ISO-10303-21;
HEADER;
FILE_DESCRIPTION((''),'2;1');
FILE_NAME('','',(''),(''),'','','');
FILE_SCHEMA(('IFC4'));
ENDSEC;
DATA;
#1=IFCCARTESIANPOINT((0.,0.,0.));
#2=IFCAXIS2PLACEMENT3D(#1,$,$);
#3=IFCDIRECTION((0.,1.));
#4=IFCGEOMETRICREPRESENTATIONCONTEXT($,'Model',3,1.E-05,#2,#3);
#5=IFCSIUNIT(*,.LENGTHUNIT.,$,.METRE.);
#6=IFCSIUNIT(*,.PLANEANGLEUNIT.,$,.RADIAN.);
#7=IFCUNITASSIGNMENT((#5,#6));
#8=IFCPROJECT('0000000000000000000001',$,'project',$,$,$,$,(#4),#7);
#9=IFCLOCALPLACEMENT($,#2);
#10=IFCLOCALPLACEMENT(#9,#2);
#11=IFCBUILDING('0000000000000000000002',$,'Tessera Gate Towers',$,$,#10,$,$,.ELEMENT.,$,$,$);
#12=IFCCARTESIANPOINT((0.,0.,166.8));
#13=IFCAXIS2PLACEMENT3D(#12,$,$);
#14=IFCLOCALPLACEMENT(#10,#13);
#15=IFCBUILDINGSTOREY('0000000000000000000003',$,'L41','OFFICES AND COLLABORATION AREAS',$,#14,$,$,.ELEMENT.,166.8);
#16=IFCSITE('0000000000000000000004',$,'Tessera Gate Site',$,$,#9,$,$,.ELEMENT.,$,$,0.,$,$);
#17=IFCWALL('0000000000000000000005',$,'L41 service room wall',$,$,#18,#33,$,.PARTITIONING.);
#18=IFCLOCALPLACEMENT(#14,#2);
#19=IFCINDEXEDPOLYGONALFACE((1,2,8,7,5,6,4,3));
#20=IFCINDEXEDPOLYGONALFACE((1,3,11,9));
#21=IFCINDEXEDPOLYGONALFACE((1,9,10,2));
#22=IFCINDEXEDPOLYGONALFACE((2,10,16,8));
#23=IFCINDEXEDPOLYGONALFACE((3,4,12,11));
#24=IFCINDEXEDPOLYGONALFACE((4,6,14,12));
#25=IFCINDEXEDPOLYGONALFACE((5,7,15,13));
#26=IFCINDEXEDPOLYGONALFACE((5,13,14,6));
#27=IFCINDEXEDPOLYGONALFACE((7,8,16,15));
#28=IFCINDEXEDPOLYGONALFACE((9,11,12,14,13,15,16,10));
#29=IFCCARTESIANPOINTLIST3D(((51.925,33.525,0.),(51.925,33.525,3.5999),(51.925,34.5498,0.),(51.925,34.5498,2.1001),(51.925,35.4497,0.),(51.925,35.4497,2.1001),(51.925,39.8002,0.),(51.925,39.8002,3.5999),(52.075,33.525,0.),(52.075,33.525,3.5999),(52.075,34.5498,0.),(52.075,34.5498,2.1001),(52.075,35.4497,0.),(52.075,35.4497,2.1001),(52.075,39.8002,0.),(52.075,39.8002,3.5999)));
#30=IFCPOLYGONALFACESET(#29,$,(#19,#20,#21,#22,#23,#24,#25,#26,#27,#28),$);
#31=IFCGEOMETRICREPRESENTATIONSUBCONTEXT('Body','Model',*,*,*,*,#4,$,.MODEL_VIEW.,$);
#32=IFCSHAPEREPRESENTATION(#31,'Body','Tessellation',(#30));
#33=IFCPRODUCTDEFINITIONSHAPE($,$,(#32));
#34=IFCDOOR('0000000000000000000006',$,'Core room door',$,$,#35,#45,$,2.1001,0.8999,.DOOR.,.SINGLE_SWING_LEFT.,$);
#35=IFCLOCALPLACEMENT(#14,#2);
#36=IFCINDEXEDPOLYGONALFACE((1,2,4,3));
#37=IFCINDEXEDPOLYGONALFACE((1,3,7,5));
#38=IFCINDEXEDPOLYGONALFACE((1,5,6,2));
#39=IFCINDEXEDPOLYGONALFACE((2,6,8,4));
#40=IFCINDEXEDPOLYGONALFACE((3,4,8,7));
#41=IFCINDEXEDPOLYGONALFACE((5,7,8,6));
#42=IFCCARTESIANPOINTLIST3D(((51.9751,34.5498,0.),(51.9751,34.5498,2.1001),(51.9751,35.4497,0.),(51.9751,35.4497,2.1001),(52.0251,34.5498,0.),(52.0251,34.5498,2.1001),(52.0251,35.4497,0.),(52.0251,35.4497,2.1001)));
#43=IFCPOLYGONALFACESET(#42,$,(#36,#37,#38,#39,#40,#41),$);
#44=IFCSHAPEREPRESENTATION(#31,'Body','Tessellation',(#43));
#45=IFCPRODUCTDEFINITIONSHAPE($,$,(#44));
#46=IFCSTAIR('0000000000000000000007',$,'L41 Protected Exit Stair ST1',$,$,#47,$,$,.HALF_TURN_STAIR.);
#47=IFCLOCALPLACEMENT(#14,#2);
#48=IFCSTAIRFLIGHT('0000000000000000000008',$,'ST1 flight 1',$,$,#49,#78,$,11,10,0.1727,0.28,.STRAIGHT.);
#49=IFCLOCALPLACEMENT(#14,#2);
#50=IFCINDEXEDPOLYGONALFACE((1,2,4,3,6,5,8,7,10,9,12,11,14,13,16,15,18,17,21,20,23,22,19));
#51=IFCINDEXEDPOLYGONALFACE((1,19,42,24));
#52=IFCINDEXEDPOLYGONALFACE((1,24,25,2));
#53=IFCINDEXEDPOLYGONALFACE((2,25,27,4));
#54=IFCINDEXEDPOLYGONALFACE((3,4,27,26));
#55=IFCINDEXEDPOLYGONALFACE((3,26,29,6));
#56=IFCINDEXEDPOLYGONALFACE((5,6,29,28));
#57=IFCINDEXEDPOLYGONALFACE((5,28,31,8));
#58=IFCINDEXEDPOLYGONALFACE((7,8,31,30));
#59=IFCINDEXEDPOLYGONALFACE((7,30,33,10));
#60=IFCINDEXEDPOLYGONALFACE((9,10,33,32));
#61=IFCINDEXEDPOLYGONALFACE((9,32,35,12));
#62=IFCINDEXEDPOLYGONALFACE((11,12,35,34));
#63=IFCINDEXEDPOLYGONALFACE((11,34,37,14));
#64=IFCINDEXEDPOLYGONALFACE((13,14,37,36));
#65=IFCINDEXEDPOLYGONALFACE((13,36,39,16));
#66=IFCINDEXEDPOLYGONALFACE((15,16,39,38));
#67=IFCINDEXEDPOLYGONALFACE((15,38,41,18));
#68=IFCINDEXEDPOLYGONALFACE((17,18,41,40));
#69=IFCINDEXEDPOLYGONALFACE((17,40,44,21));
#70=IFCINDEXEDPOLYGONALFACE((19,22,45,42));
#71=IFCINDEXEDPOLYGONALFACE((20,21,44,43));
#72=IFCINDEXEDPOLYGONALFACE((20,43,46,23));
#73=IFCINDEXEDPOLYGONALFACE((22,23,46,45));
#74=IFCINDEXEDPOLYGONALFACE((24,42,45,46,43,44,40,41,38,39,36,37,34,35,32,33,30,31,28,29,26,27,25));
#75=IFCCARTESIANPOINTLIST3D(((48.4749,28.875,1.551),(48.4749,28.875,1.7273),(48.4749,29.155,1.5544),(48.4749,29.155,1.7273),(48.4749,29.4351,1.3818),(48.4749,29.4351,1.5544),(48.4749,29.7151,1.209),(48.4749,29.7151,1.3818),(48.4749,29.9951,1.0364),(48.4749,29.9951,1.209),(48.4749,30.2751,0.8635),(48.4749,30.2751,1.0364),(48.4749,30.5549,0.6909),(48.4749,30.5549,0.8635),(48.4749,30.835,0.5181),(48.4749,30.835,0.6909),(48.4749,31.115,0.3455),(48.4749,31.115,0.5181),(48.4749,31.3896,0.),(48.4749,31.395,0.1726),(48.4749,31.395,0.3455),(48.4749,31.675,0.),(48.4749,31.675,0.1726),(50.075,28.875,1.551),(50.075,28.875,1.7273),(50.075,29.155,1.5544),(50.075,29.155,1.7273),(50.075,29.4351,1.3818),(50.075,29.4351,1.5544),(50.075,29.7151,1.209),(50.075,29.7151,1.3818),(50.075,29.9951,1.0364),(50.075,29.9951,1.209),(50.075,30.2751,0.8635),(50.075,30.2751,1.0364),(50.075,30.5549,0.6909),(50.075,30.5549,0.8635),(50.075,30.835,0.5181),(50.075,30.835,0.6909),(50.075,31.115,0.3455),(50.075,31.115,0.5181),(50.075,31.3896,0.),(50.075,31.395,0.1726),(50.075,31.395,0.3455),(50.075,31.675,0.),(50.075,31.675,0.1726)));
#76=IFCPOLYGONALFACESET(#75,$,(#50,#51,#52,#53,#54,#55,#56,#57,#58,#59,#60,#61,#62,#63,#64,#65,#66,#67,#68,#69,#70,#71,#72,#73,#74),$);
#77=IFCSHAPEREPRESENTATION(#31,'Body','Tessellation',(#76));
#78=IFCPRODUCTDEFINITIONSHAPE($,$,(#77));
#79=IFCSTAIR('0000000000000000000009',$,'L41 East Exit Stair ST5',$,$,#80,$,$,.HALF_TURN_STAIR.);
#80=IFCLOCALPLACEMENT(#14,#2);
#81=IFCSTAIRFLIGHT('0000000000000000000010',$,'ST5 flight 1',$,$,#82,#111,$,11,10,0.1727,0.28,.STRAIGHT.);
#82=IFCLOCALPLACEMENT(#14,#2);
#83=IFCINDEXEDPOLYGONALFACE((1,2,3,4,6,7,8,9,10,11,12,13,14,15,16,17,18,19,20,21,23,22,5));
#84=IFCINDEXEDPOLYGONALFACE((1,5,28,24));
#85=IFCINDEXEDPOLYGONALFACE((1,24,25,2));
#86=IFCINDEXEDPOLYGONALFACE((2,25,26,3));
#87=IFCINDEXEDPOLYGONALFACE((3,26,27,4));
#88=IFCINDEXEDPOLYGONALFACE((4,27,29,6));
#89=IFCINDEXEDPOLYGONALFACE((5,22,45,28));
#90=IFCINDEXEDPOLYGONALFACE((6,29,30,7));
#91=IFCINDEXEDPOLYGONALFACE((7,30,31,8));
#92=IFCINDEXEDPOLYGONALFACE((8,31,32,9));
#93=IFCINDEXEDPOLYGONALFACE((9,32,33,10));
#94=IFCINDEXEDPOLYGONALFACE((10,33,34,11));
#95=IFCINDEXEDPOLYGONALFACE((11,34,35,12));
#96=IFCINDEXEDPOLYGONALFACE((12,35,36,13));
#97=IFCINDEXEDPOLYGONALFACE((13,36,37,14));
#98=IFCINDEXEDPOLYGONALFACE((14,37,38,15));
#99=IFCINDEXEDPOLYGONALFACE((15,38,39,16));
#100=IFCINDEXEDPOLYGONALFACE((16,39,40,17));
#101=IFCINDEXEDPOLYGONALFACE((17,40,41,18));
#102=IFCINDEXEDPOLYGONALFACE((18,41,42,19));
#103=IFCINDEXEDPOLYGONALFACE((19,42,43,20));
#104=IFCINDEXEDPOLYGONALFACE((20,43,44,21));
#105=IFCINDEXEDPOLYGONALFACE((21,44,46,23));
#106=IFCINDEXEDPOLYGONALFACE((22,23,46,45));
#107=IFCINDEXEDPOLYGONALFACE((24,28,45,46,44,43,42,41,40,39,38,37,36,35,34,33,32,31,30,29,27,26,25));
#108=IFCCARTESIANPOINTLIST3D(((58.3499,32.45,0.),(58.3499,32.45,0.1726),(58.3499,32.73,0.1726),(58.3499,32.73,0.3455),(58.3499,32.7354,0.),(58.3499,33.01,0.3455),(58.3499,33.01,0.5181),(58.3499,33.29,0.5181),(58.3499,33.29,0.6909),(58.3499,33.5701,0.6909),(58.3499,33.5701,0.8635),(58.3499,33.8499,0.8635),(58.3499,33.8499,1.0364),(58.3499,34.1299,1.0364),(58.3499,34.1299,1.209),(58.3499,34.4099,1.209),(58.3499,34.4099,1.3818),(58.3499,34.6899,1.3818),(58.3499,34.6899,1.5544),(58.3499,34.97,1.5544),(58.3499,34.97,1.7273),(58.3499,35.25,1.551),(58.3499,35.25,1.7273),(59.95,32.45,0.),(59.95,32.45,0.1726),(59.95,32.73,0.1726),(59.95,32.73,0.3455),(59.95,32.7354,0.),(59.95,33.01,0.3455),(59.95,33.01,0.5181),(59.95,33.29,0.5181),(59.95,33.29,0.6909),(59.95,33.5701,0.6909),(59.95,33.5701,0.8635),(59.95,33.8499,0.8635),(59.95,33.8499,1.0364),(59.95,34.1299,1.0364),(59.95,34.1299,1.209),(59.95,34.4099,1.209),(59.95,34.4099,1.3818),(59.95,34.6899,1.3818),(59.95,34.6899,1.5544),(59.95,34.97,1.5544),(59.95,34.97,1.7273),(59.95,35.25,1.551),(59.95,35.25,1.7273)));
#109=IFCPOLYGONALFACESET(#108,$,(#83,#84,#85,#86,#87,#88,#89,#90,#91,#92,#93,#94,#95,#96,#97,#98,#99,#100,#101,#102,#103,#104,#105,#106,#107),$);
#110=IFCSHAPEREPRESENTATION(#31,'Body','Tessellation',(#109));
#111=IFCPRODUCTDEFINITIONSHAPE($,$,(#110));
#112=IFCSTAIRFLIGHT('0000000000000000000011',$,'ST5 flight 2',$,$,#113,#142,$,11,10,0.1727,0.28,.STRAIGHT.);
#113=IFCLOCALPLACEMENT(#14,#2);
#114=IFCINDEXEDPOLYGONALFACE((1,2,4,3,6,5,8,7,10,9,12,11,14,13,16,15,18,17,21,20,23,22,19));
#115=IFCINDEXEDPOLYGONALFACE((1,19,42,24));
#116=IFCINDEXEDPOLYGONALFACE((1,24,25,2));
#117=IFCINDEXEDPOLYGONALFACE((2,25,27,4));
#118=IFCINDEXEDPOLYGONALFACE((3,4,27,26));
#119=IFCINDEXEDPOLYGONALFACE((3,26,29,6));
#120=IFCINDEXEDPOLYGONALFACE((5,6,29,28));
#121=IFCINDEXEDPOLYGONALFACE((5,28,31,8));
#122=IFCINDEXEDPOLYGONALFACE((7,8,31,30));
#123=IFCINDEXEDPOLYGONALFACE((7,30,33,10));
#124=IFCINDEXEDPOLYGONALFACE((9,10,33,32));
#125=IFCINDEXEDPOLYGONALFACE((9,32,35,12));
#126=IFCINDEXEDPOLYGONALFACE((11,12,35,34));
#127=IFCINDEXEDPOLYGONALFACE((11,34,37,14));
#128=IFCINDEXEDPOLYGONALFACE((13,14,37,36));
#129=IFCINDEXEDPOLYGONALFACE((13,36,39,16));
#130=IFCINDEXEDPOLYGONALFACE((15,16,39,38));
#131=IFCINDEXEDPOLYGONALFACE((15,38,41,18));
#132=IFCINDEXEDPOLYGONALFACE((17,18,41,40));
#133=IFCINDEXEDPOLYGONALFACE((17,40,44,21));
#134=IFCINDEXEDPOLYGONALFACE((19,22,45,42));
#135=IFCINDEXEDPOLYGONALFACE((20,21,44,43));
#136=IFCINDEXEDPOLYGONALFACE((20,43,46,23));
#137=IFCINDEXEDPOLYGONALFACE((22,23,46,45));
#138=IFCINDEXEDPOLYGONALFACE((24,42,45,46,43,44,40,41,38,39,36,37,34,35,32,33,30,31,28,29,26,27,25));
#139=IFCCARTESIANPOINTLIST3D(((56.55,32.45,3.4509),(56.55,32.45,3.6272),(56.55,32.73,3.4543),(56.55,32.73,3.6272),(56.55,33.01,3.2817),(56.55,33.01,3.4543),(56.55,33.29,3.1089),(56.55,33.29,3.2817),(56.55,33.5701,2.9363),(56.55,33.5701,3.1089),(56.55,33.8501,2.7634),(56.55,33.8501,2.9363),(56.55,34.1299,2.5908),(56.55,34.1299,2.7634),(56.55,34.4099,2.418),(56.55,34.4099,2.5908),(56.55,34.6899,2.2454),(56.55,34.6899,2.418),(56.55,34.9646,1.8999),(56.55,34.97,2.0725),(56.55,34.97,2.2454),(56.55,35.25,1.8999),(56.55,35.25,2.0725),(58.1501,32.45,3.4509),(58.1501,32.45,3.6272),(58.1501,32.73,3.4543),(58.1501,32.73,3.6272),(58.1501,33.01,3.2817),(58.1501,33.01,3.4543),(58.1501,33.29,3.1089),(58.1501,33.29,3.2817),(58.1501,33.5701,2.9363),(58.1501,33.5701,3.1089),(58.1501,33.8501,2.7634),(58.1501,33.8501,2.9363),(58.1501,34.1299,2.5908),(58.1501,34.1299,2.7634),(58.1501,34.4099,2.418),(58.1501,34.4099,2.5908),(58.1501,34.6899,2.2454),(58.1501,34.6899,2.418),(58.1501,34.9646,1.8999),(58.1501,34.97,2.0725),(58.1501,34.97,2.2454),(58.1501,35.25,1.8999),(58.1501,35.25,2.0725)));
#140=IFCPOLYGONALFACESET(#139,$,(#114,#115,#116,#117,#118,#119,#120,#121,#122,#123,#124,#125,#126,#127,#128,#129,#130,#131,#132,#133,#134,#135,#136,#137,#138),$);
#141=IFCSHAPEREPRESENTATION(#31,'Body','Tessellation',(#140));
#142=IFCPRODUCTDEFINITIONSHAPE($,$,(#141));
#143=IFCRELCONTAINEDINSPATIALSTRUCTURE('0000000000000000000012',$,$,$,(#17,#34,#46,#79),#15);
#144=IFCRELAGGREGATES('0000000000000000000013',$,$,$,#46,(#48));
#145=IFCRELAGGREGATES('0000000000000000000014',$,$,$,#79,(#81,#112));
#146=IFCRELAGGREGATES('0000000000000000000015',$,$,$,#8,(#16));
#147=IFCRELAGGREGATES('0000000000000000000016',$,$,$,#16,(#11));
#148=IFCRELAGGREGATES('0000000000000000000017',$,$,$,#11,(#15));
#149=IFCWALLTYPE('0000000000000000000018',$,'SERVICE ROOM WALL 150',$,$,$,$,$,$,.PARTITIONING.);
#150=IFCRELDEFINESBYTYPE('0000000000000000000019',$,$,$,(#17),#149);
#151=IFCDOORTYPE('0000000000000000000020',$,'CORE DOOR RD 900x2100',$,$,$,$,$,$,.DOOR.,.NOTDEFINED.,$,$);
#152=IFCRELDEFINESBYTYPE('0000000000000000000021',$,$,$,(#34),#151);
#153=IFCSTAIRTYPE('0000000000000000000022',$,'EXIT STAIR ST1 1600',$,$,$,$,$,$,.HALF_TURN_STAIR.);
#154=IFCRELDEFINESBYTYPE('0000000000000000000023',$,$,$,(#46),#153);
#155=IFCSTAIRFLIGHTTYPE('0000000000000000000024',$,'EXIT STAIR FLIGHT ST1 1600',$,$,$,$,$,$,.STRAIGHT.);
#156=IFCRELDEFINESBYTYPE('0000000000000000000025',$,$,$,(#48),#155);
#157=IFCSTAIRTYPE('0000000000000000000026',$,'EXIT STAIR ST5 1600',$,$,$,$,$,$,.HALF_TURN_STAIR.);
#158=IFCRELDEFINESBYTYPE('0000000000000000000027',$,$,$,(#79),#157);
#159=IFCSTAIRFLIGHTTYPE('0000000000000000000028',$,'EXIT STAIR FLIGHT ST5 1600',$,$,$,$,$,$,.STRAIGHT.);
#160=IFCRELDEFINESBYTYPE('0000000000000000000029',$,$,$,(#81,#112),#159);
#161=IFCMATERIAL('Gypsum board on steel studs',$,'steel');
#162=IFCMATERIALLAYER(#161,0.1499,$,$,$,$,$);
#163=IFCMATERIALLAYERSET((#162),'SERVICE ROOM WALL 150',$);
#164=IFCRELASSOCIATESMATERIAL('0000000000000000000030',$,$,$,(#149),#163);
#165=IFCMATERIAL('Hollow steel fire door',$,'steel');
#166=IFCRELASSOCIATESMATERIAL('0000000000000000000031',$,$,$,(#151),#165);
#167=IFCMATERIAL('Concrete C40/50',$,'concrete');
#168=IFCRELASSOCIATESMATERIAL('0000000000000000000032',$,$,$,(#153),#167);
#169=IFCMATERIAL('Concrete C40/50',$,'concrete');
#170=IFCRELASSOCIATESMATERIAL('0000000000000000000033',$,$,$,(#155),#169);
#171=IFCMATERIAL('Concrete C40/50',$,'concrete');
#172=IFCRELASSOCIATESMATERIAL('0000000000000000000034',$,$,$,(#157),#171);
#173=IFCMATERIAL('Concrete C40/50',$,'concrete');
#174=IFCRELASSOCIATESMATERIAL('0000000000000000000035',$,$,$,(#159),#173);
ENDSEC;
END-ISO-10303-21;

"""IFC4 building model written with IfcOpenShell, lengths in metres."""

from ifc_helpers import new_model, si_unit, direction, frame, frame_2d, origin, place, context, subcontext, project, spatial, polyline, rectangle, outline, extrude, source, transform, mapped, material, layer, layer_set, type_object, element, fill, aggregate, save


model = new_model("IFC4")

# Units and contexts
model_context = context("Model", 3, precision=1e-05, world=origin(), true_north=direction((0.0, 1.0)))
body_context = subcontext(model_context, "Body", "Model", "MODEL_VIEW")
ifc_project = project(units=[si_unit("LENGTHUNIT", "METRE"), si_unit("PLANEANGLEUNIT", "RADIAN")], contexts=[model_context])

# Site, building, storey
site_placement = place(None, origin())
site = spatial("IfcSite", under=ifc_project, at=site_placement, Name="Tessera Gate Site", CompositionType="ELEMENT", RefElevation=0.0)
building_placement = place(site_placement, origin())
building = spatial("IfcBuilding", under=site, at=building_placement, Name="Tessera Gate Towers", CompositionType="ELEMENT")
storey_placement = place(building_placement, frame((0.0, 0.0, 166.8)))
storey = spatial("IfcBuildingStorey", under=building, at=storey_placement, Name="L41", Description="OFFICES AND COLLABORATION AREAS", CompositionType="ELEMENT", Elevation=166.8)

# Wall, opening, door
shared_shape_1 = source(origin(), body_context, "Body", "SweptSolid", [
    extrude(rectangle(XDim=0.8999, YDim=2.1001, at=frame_2d((0.45, 1.05))), frame((0.0, 0.085, 0.0), z_axis=(0.0, -1.0, 0.0), x_axis=(1.0, 0.0, 0.0)), (0.0, 0.0, 1.0), 0.1699),
])
shared_shape_2 = source(origin(), body_context, "Body", "SweptSolid", [
    extrude(rectangle(XDim=0.8999, YDim=2.1001, at=frame_2d((0.45, 1.05))), frame((0.0, 0.0249, 0.0), z_axis=(0.0, -1.0, 0.0), x_axis=(1.0, 0.0, 0.0)), (0.0, 0.0, 1.0), 0.05),
])
ifc_material_1 = material(Name="Gypsum board on steel studs", Category="steel")
ifc_layer_1 = layer(ifc_material_1, 0.1499)
ifc_layer_set_1 = layer_set([ifc_layer_1], Name="SERVICE ROOM WALL 150")
wall_type_1 = type_object("IfcWallType", Name="SERVICE ROOM WALL 150", PredefinedType="PARTITIONING", material=ifc_layer_set_1)
wall_1_placement = place(storey_placement, frame((52.0, 33.5249, 0.0), z_axis=(0.0, 0.0, 1.0), x_axis=(0.0, 1.0, 0.0)))
wall_1 = element("IfcWall", 1, at=wall_1_placement, inside=storey, type_object=wall_type_1, Name="L41 service room wall", PredefinedType="PARTITIONING", context=body_context, shape_type="SweptSolid", body=[
    extrude(rectangle(XDim=6.2751, YDim=0.1499, at=frame_2d((3.1377, 0.0))), origin(), (0.0, 0.0, 1.0), 3.5999),
])
opening_1_placement = place(wall_1_placement, frame((1.0249, 0.0, 0.0)))
opening_1 = element("IfcOpeningElement", 2, at=opening_1_placement, cuts=wall_1, PredefinedType="OPENING", context=body_context, shape_type="MappedRepresentation", body=[
    mapped(shared_shape_1, transform((0.0, 0.0, 0.0), scale=1.0)),
])
ifc_material_2 = material(Name="Hollow steel fire door", Category="steel")
door_type_1 = type_object("IfcDoorType", Name="CORE DOOR RD 900x2100", OperationType="NOTDEFINED", PredefinedType="DOOR", material=ifc_material_2)
door_1_placement = place(opening_1_placement, origin())
door_1 = element("IfcDoor", 3, at=door_1_placement, inside=storey, type_object=door_type_1, Name="Core room door", OperationType="SINGLE_SWING_LEFT", OverallHeight=2.1001, OverallWidth=0.8999, PredefinedType="DOOR", context=body_context, shape_type="MappedRepresentation", body=[
    mapped(shared_shape_2, transform((0.0, 0.0, 0.0), scale=1.0)),
])
fill(opening_1, door_1)

# Stair, stair flight
ifc_material_3 = material(Name="Concrete C40/50", Category="concrete")
stair_type_1 = type_object("IfcStairType", Name="EXIT STAIR ST1 1600", PredefinedType="HALF_TURN_STAIR", material=ifc_material_3)
stair_1_placement = place(storey_placement, origin())
stair_1 = element("IfcStair", 4, at=stair_1_placement, inside=storey, type_object=stair_type_1, Name="L41 Protected Exit Stair ST1", PredefinedType="HALF_TURN_STAIR")
ifc_material_4 = material(Name="Concrete C40/50", Category="concrete")
stair_flight_type_1 = type_object("IfcStairFlightType", Name="EXIT STAIR FLIGHT ST1 1600", PredefinedType="STRAIGHT", material=ifc_material_4)
stair_flight_1_placement = place(storey_placement, frame((49.2749, 31.675, 0.0), z_axis=(0.0, 0.0, 1.0), x_axis=(0.0, -1.0, 0.0)))
stair_flight_1 = element("IfcStairFlight", 5, at=stair_flight_1_placement, type_object=stair_flight_type_1, Name="ST1 flight 1", NumberOfRisers=11, NumberOfTreads=10, PredefinedType="STRAIGHT", RiserHeight=0.1727, TreadLength=0.28, context=body_context, shape_type="SweptSolid", body=[
    extrude(outline(polyline([(0.0, 0.0), (0.0, 0.1726), (0.28, 0.1726), (0.28, 0.3455), (0.5601, 0.3455), (0.5601, 0.5181), (0.8401, 0.5181), (0.8401, 0.6909), (1.1201, 0.6909), (1.1201, 0.8635), (1.3999, 0.8635), (1.3999, 1.0364), (1.6799, 1.0364), (1.6799, 1.209), (1.96, 1.209), (1.96, 1.3818), (2.24, 1.3818), (2.24, 1.5544), (2.52, 1.5544), (2.52, 1.7273), (2.8, 1.7273), (2.8, 1.8999), (2.8, 1.551), (0.2854, 0.0), (0.0, 0.0)])), frame((0.0, 0.8, 0.0), z_axis=(0.0, -1.0, 0.0), x_axis=(1.0, 0.0, 0.0)), (0.0, 0.0, 1.0), 1.6001),
])
aggregate(stair_1, [stair_flight_1])

# Stair, stair flights
ifc_material_5 = material(Name="Concrete C40/50", Category="concrete")
stair_type_2 = type_object("IfcStairType", Name="EXIT STAIR ST5 1600", PredefinedType="HALF_TURN_STAIR", material=ifc_material_5)
stair_2_placement = place(storey_placement, origin())
stair_2 = element("IfcStair", 6, at=stair_2_placement, inside=storey, type_object=stair_type_2, Name="L41 East Exit Stair ST5", PredefinedType="HALF_TURN_STAIR")
ifc_material_6 = material(Name="Concrete C40/50", Category="concrete")
stair_flight_type_2 = type_object("IfcStairFlightType", Name="EXIT STAIR FLIGHT ST5 1600", PredefinedType="STRAIGHT", material=ifc_material_6)
stair_flight_2_placement = place(storey_placement, frame((59.1499, 32.45, 0.0), z_axis=(0.0, 0.0, 1.0), x_axis=(0.0, 1.0, 0.0)))
stair_flight_2 = element("IfcStairFlight", 7, at=stair_flight_2_placement, type_object=stair_flight_type_2, Name="ST5 flight 1", NumberOfRisers=11, NumberOfTreads=10, PredefinedType="STRAIGHT", RiserHeight=0.1727, TreadLength=0.28, context=body_context, shape_type="SweptSolid", body=[
    extrude(outline(polyline([(0.0, 0.0), (0.0, 0.1726), (0.28, 0.1726), (0.28, 0.3455), (0.5601, 0.3455), (0.5601, 0.5181), (0.8401, 0.5181), (0.8401, 0.6909), (1.1201, 0.6909), (1.1201, 0.8635), (1.3999, 0.8635), (1.3999, 1.0364), (1.6799, 1.0364), (1.6799, 1.209), (1.96, 1.209), (1.96, 1.3818), (2.24, 1.3818), (2.24, 1.5544), (2.52, 1.5544), (2.52, 1.7273), (2.8, 1.7273), (2.8, 1.8999), (2.8, 1.551), (0.2854, 0.0), (0.0, 0.0)])), frame((0.0, 0.8, 0.0), z_axis=(0.0, -1.0, 0.0), x_axis=(1.0, 0.0, 0.0)), (0.0, 0.0, 1.0), 1.6001),
])
stair_flight_3_placement = place(storey_placement, frame((57.3501, 35.25, 1.8999), z_axis=(0.0, 0.0, 1.0), x_axis=(0.0, -1.0, 0.0)))
stair_flight_3 = element("IfcStairFlight", 8, at=stair_flight_3_placement, type_object=stair_flight_type_2, Name="ST5 flight 2", NumberOfRisers=11, NumberOfTreads=10, PredefinedType="STRAIGHT", RiserHeight=0.1727, TreadLength=0.28, context=body_context, shape_type="SweptSolid", body=[
    extrude(outline(polyline([(0.0, 0.0), (0.0, 0.1726), (0.28, 0.1726), (0.28, 0.3455), (0.5601, 0.3455), (0.5601, 0.5181), (0.8401, 0.5181), (0.8401, 0.6909), (1.1201, 0.6909), (1.1201, 0.8635), (1.3999, 0.8635), (1.3999, 1.0364), (1.6799, 1.0364), (1.6799, 1.209), (1.96, 1.209), (1.96, 1.3818), (2.24, 1.3818), (2.24, 1.5544), (2.52, 1.5544), (2.52, 1.7273), (2.8, 1.7273), (2.8, 1.8999), (2.8, 1.551), (0.2854, 0.0), (0.0, 0.0)])), frame((0.0, 0.8, 0.0), z_axis=(0.0, -1.0, 0.0), x_axis=(1.0, 0.0, 0.0)), (0.0, 0.0, 1.0), 1.6001),
])
aggregate(stair_2, [stair_flight_2, stair_flight_3])

save(model, "model.ifc")
